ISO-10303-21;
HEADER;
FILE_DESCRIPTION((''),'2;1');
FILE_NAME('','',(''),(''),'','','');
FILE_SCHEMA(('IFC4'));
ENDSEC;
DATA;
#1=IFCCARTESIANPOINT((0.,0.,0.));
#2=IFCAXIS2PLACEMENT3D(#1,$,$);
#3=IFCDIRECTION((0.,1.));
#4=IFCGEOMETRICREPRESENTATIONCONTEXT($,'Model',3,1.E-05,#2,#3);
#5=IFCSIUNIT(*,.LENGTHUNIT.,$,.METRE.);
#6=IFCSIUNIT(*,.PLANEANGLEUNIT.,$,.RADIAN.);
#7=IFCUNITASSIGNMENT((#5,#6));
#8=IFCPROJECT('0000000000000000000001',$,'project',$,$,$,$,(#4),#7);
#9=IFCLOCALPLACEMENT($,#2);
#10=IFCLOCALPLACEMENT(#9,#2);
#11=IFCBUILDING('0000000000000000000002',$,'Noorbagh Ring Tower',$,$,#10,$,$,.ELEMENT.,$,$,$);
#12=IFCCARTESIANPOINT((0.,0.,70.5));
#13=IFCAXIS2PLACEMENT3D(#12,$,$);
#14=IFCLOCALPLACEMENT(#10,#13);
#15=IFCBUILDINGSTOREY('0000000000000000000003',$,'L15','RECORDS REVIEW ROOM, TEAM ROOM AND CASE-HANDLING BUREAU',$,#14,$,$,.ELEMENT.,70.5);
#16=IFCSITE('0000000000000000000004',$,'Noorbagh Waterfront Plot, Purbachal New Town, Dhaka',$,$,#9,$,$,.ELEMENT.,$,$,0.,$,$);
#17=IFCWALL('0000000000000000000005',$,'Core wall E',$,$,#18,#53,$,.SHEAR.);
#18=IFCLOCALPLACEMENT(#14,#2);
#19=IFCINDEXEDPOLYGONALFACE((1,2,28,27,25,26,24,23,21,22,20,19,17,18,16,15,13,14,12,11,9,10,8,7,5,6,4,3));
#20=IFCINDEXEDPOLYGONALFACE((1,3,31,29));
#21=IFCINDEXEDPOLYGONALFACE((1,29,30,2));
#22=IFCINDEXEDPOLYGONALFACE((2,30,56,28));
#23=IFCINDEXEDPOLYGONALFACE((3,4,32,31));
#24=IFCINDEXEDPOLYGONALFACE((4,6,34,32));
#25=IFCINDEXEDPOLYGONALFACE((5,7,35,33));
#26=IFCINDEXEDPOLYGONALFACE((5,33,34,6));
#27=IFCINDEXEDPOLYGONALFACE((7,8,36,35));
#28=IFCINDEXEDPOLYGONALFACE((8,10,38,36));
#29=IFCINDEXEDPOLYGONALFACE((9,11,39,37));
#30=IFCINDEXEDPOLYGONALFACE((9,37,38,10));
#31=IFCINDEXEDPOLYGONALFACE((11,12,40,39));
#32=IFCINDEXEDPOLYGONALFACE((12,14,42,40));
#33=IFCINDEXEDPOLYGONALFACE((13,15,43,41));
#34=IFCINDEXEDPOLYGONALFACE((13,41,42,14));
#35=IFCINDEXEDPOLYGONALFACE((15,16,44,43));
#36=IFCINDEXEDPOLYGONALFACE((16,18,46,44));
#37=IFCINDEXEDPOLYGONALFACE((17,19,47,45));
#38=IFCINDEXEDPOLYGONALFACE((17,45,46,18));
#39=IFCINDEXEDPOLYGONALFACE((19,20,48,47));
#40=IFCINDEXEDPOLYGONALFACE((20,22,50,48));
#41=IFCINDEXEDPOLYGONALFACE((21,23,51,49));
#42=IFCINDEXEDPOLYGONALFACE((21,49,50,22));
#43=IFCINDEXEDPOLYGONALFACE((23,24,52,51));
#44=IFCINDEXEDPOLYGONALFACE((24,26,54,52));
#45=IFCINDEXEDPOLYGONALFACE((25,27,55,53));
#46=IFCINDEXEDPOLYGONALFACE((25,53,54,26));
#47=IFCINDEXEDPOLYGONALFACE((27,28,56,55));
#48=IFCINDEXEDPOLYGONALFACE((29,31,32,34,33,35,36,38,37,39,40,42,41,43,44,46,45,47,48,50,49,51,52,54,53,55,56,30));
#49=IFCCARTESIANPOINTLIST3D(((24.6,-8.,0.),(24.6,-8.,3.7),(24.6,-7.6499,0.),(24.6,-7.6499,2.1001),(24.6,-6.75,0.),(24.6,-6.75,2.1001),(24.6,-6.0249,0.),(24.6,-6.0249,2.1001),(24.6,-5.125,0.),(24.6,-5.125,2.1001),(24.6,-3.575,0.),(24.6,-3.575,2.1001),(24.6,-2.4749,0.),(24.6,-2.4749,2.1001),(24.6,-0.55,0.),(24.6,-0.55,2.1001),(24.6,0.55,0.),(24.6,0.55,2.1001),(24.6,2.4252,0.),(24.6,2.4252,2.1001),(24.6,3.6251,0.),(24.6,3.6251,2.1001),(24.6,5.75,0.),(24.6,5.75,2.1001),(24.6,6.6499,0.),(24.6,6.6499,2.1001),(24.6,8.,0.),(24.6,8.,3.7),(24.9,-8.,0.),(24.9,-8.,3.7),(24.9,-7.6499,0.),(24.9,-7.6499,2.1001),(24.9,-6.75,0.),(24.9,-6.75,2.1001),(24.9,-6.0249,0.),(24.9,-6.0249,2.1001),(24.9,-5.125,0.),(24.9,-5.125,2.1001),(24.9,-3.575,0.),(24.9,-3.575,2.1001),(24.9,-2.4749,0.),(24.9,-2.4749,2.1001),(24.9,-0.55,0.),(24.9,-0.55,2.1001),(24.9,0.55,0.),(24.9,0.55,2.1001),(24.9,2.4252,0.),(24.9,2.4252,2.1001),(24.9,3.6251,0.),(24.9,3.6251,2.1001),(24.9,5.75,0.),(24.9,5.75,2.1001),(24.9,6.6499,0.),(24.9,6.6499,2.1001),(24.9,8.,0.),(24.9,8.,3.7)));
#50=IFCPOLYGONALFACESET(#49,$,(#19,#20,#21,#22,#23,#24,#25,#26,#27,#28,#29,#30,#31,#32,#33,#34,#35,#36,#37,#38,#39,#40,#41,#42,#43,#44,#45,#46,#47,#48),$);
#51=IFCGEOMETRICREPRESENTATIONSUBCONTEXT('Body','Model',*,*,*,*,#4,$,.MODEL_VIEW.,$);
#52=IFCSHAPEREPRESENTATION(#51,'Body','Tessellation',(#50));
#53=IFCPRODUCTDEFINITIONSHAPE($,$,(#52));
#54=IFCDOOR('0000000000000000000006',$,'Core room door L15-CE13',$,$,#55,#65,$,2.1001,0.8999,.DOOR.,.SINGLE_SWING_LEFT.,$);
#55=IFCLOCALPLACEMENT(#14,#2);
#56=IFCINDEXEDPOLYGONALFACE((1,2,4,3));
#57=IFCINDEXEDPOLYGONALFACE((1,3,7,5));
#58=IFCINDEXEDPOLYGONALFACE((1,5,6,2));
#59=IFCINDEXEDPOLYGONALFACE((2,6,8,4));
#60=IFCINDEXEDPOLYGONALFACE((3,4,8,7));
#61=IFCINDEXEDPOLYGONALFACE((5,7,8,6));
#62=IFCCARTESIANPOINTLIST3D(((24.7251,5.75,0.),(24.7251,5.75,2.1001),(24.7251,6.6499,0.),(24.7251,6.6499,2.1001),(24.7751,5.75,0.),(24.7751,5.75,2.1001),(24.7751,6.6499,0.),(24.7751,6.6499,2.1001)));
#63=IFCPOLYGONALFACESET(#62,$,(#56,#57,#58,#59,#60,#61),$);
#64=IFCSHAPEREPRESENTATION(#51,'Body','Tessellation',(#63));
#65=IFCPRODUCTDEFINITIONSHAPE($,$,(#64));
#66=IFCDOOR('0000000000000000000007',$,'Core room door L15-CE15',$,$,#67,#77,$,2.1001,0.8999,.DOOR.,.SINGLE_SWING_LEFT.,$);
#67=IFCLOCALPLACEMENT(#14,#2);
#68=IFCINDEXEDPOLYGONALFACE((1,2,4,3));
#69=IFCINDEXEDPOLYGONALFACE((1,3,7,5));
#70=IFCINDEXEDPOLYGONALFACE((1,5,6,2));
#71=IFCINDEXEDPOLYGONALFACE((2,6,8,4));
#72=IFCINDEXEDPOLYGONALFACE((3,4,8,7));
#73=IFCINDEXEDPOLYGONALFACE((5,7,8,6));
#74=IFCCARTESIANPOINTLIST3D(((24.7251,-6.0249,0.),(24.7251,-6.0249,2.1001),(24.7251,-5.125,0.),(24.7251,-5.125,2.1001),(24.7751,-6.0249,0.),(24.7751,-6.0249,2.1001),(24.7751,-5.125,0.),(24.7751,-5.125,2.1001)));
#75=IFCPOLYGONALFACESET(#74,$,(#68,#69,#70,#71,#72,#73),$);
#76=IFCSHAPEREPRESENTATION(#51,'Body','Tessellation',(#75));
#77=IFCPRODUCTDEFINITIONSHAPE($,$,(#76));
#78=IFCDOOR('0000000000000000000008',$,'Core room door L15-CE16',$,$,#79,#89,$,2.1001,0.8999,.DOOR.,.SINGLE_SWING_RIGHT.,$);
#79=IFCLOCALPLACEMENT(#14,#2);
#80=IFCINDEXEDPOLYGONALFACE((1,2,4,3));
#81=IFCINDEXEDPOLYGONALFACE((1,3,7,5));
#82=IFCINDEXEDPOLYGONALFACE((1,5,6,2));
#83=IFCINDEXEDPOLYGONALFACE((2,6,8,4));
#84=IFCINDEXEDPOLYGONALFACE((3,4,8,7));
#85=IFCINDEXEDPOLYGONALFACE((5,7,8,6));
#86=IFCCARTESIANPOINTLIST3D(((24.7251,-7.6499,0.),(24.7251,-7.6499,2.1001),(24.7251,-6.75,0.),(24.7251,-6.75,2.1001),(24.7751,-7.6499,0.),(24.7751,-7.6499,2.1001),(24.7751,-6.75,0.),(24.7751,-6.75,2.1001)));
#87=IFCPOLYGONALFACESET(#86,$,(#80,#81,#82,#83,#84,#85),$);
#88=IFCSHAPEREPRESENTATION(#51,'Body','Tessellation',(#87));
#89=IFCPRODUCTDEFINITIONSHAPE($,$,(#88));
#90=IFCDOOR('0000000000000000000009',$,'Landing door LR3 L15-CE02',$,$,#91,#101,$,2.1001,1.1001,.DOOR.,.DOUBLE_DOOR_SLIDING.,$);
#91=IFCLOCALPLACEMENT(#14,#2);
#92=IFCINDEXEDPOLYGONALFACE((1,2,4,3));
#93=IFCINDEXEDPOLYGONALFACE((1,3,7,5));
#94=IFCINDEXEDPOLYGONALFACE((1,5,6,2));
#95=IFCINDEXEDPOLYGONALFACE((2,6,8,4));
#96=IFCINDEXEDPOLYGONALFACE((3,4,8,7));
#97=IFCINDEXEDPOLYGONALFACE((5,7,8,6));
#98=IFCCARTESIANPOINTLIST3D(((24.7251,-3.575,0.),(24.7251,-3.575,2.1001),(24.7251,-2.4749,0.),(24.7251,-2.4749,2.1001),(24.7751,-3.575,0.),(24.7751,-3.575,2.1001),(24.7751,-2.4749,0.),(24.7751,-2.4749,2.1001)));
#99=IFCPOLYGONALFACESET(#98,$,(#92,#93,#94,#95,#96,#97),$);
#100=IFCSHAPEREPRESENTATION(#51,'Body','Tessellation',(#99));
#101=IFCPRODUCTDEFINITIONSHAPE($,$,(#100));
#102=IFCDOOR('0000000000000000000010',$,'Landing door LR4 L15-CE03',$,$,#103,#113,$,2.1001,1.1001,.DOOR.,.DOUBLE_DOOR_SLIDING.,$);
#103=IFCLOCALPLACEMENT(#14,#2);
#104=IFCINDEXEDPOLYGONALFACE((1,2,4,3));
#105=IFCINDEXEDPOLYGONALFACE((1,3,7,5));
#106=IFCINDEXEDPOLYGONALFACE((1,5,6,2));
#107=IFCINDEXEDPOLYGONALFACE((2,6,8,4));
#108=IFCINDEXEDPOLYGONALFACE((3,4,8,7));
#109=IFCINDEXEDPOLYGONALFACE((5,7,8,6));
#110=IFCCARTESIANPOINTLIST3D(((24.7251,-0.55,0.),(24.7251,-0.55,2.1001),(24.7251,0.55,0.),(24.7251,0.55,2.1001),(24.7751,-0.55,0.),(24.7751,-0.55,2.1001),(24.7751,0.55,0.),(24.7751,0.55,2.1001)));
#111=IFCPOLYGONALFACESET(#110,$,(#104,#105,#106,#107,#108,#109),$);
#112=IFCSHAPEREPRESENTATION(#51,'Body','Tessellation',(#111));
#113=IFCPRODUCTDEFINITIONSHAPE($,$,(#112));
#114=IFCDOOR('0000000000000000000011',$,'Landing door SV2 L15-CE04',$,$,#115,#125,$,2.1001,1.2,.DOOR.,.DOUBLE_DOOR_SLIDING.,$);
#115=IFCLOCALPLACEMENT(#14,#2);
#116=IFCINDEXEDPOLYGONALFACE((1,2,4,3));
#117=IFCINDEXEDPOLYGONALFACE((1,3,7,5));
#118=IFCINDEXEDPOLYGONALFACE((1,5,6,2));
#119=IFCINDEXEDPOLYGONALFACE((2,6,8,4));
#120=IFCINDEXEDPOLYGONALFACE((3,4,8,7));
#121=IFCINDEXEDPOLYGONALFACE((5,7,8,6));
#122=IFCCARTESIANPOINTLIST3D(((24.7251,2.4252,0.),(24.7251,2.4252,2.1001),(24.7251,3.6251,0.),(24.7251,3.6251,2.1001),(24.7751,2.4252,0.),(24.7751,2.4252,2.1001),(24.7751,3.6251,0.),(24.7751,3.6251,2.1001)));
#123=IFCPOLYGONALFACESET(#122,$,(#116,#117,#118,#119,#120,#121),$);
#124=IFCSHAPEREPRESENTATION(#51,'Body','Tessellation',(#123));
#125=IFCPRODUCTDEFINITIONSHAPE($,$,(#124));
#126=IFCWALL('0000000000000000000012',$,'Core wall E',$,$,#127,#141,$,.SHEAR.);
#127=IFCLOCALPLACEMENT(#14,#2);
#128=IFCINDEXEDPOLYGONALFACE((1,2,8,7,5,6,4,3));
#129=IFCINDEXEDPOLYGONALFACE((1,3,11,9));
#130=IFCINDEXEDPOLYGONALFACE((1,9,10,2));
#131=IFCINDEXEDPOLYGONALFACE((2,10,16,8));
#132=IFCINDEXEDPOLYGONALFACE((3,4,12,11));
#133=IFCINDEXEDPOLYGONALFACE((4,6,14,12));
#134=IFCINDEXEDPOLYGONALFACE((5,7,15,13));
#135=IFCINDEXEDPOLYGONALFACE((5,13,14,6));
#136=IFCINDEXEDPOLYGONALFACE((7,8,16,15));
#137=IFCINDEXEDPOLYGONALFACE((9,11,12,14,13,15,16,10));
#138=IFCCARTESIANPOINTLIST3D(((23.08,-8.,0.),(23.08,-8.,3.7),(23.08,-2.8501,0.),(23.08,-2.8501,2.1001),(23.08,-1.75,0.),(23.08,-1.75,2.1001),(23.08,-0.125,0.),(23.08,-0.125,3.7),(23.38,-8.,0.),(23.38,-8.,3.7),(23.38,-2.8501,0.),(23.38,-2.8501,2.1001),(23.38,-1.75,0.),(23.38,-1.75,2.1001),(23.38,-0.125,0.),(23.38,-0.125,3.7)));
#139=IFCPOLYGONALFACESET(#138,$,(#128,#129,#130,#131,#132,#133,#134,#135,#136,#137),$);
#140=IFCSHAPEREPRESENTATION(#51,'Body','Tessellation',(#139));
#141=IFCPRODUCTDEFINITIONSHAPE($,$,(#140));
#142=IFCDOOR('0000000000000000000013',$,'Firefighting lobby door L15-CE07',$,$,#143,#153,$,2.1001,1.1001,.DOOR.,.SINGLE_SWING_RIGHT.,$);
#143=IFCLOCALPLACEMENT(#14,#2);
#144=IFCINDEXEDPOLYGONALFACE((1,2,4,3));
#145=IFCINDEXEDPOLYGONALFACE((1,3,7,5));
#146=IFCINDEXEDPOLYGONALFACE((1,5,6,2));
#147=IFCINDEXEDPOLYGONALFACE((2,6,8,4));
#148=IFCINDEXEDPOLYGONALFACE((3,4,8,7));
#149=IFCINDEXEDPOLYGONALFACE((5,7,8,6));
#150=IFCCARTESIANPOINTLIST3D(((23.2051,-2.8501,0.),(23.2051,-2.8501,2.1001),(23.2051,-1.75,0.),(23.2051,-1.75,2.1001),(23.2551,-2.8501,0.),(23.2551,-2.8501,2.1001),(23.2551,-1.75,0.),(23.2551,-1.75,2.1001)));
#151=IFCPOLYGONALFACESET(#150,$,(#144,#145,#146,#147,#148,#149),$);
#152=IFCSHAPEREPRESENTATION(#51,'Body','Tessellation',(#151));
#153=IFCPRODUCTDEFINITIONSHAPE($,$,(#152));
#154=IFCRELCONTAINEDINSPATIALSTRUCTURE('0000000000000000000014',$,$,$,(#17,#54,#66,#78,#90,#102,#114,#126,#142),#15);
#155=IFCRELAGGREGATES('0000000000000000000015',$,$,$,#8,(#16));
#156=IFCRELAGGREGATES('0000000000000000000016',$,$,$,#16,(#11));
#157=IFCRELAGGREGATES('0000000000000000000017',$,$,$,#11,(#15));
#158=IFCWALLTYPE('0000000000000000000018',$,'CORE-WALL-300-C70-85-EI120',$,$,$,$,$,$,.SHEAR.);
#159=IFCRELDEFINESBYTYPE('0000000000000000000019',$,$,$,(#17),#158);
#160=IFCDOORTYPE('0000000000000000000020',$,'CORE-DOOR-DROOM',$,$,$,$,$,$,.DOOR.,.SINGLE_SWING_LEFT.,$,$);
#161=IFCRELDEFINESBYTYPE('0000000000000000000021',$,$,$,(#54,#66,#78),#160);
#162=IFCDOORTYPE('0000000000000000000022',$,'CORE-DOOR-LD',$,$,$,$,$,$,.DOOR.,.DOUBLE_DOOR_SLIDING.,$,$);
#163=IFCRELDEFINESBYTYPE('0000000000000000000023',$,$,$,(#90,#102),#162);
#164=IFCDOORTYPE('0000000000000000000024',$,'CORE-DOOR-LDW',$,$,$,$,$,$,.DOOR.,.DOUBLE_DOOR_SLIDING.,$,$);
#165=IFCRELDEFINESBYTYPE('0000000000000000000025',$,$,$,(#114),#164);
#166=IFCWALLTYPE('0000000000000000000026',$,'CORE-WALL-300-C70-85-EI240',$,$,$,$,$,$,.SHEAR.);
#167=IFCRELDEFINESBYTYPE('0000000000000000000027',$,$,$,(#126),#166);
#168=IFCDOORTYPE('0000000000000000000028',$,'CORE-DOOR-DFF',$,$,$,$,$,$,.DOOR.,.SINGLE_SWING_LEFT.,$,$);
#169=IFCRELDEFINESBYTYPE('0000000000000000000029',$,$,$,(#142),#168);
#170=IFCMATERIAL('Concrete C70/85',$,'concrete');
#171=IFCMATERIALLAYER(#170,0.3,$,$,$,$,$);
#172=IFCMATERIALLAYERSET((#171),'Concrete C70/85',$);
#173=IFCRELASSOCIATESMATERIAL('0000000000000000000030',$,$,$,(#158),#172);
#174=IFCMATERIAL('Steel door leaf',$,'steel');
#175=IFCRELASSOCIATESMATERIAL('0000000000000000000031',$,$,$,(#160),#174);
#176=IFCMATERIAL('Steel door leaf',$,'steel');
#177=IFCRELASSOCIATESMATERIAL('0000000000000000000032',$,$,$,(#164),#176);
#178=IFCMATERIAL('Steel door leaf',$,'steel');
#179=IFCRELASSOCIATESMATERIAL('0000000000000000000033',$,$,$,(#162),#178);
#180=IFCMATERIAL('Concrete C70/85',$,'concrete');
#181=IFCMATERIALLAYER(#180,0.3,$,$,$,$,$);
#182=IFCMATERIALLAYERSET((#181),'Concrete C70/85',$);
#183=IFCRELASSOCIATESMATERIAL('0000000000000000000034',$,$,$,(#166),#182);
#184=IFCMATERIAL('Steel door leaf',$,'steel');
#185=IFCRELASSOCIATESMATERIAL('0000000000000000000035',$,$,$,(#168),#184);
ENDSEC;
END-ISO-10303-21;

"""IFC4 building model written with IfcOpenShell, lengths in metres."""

from ifc_helpers import new_model, si_unit, direction, frame, frame_2d, origin, place, context, subcontext, project, spatial, rectangle, extrude, material, layer, layer_set, type_object, element, fill, save


model = new_model("IFC4")

# Units and contexts
model_context = context("Model", 3, precision=1e-05, world=origin(), true_north=direction((0.0, 1.0)))
body_context = subcontext(model_context, "Body", "Model", "MODEL_VIEW")
ifc_project = project(units=[si_unit("LENGTHUNIT", "METRE"), si_unit("PLANEANGLEUNIT", "RADIAN")], contexts=[model_context])

# Site, building, storey
site_placement = place(None, origin())
site = spatial("IfcSite", under=ifc_project, at=site_placement, Name="Noorbagh Waterfront Plot, Purbachal New Town, Dhaka", CompositionType="ELEMENT", RefElevation=0.0)
building_placement = place(site_placement, origin())
building = spatial("IfcBuilding", under=site, at=building_placement, Name="Noorbagh Ring Tower", CompositionType="ELEMENT")
storey_placement = place(building_placement, frame((0.0, 0.0, 70.5)))
storey = spatial("IfcBuildingStorey", under=building, at=storey_placement, Name="L15", Description="RECORDS REVIEW ROOM, TEAM ROOM AND CASE-HANDLING BUREAU", CompositionType="ELEMENT", Elevation=70.5)

# Wall, openings, doors
ifc_material_1 = material(Name="Concrete C70/85", Category="concrete")
ifc_layer_1 = layer(ifc_material_1, 0.3)
ifc_layer_set_1 = layer_set([ifc_layer_1], Name="Concrete C70/85")
wall_type_1 = type_object("IfcWallType", Name="CORE-WALL-300-C70-85-EI120", PredefinedType="SHEAR", material=ifc_layer_set_1)
ifc_material_2 = material(Name="Steel door leaf", Category="steel")
door_type_1 = type_object("IfcDoorType", Name="CORE-DOOR-DROOM", OperationType="SINGLE_SWING_LEFT", PredefinedType="DOOR", material=ifc_material_2)
ifc_material_3 = material(Name="Steel door leaf", Category="steel")
door_type_2 = type_object("IfcDoorType", Name="CORE-DOOR-LDW", OperationType="DOUBLE_DOOR_SLIDING", PredefinedType="DOOR", material=ifc_material_3)
wall_1_placement = place(storey_placement, frame((24.75, -8.0, 0.0), z_axis=(0.0, 0.0, 1.0), x_axis=(0.0, 1.0, 0.0)))
wall_1 = element("IfcWall", 1, at=wall_1_placement, inside=storey, type_object=wall_type_1, Name="Core wall E", PredefinedType="SHEAR", context=body_context, shape_type="SweptSolid", body=[
    extrude(rectangle(XDim=16.0, YDim=0.3, at=frame_2d((8.0, 0.0))), origin(), (0.0, 0.0, 1.0), 3.7),
])
opening_1_placement = place(wall_1_placement, frame((4.425, 0.0, 0.0)))
opening_1 = element("IfcOpeningElement", 2, at=opening_1_placement, cuts=wall_1, PredefinedType="OPENING", context=body_context, shape_type="SweptSolid", body=[
    extrude(rectangle(XDim=1.1001, YDim=2.1001, at=frame_2d((0.55, 1.05))), frame((0.0, 0.1602, 0.0), z_axis=(0.0, -1.0, 0.0), x_axis=(1.0, 0.0, 0.0)), (0.0, 0.0, 1.0), 0.3201),
])
opening_2_placement = place(wall_1_placement, frame((7.45, 0.0, 0.0)))
opening_2 = element("IfcOpeningElement", 3, at=opening_2_placement, cuts=wall_1, PredefinedType="OPENING", context=body_context, shape_type="SweptSolid", body=[
    extrude(rectangle(XDim=1.1001, YDim=2.1001, at=frame_2d((0.55, 1.05))), frame((0.0, 0.1602, 0.0), z_axis=(0.0, -1.0, 0.0), x_axis=(1.0, 0.0, 0.0)), (0.0, 0.0, 1.0), 0.3201),
])
opening_3_placement = place(wall_1_placement, frame((10.425, 0.0, 0.0)))
opening_3 = element("IfcOpeningElement", 4, at=opening_3_placement, cuts=wall_1, PredefinedType="OPENING", context=body_context, shape_type="SweptSolid", body=[
    extrude(rectangle(XDim=1.2, YDim=2.1001, at=frame_2d((0.6001, 1.05))), frame((0.0, 0.1602, 0.0), z_axis=(0.0, -1.0, 0.0), x_axis=(1.0, 0.0, 0.0)), (0.0, 0.0, 1.0), 0.3201),
])
opening_4_placement = place(wall_1_placement, frame((13.75, 0.0, 0.0)))
opening_4 = element("IfcOpeningElement", 5, at=opening_4_placement, cuts=wall_1, PredefinedType="OPENING", context=body_context, shape_type="SweptSolid", body=[
    extrude(rectangle(XDim=0.8999, YDim=2.1001, at=frame_2d((0.45, 1.05))), frame((0.0, 0.1602, 0.0), z_axis=(0.0, -1.0, 0.0), x_axis=(1.0, 0.0, 0.0)), (0.0, 0.0, 1.0), 0.3201),
])
opening_5_placement = place(wall_1_placement, frame((1.9751, 0.0, 0.0)))
opening_5 = element("IfcOpeningElement", 6, at=opening_5_placement, cuts=wall_1, PredefinedType="OPENING", context=body_context, shape_type="SweptSolid", body=[
    extrude(rectangle(XDim=0.8999, YDim=2.1001, at=frame_2d((0.45, 1.05))), frame((0.0, 0.1602, 0.0), z_axis=(0.0, -1.0, 0.0), x_axis=(1.0, 0.0, 0.0)), (0.0, 0.0, 1.0), 0.3201),
])
opening_6_placement = place(wall_1_placement, frame((0.3501, 0.0, 0.0)))
opening_6 = element("IfcOpeningElement", 7, at=opening_6_placement, cuts=wall_1, PredefinedType="OPENING", context=body_context, shape_type="SweptSolid", body=[
    extrude(rectangle(XDim=0.8999, YDim=2.1001, at=frame_2d((0.45, 1.05))), frame((0.0, 0.1602, 0.0), z_axis=(0.0, -1.0, 0.0), x_axis=(1.0, 0.0, 0.0)), (0.0, 0.0, 1.0), 0.3201),
])
door_1_placement = place(opening_4_placement, origin())
door_1 = element("IfcDoor", 8, at=door_1_placement, inside=storey, type_object=door_type_1, Name="Core room door L15-CE13", OperationType="SINGLE_SWING_LEFT", OverallHeight=2.1001, OverallWidth=0.8999, PredefinedType="DOOR", context=body_context, shape_type="SweptSolid", body=[
    extrude(rectangle(XDim=0.8999, YDim=2.1001, at=frame_2d((0.45, 1.05))), frame((0.0, 0.0249, 0.0), z_axis=(0.0, -1.0, 0.0), x_axis=(1.0, 0.0, 0.0)), (0.0, 0.0, 1.0), 0.05),
])
fill(opening_4, door_1)
door_2_placement = place(opening_5_placement, origin())
door_2 = element("IfcDoor", 9, at=door_2_placement, inside=storey, type_object=door_type_1, Name="Core room door L15-CE15", OperationType="SINGLE_SWING_LEFT", OverallHeight=2.1001, OverallWidth=0.8999, PredefinedType="DOOR", context=body_context, shape_type="SweptSolid", body=[
    extrude(rectangle(XDim=0.8999, YDim=2.1001, at=frame_2d((0.45, 1.05))), frame((0.0, 0.0249, 0.0), z_axis=(0.0, -1.0, 0.0), x_axis=(1.0, 0.0, 0.0)), (0.0, 0.0, 1.0), 0.05),
])
fill(opening_5, door_2)
door_3_placement = place(opening_6_placement, origin())
door_3 = element("IfcDoor", 10, at=door_3_placement, inside=storey, type_object=door_type_1, Name="Core room door L15-CE16", OperationType="SINGLE_SWING_RIGHT", OverallHeight=2.1001, OverallWidth=0.8999, PredefinedType="DOOR", context=body_context, shape_type="SweptSolid", body=[
    extrude(rectangle(XDim=0.8999, YDim=2.1001, at=frame_2d((0.45, 1.05))), frame((0.0, 0.0249, 0.0), z_axis=(0.0, -1.0, 0.0), x_axis=(1.0, 0.0, 0.0)), (0.0, 0.0, 1.0), 0.05),
])
fill(opening_6, door_3)
ifc_material_4 = material(Name="Steel door leaf", Category="steel")
door_type_3 = type_object("IfcDoorType", Name="CORE-DOOR-LD", OperationType="DOUBLE_DOOR_SLIDING", PredefinedType="DOOR", material=ifc_material_4)
door_4_placement = place(opening_1_placement, origin())
door_4 = element("IfcDoor", 11, at=door_4_placement, inside=storey, type_object=door_type_3, Name="Landing door LR3 L15-CE02", OperationType="DOUBLE_DOOR_SLIDING", OverallHeight=2.1001, OverallWidth=1.1001, PredefinedType="DOOR", context=body_context, shape_type="SweptSolid", body=[
    extrude(rectangle(XDim=1.1001, YDim=2.1001, at=frame_2d((0.55, 1.05))), frame((0.0, 0.0249, 0.0), z_axis=(0.0, -1.0, 0.0), x_axis=(1.0, 0.0, 0.0)), (0.0, 0.0, 1.0), 0.05),
])
fill(opening_1, door_4)
door_5_placement = place(opening_2_placement, origin())
door_5 = element("IfcDoor", 12, at=door_5_placement, inside=storey, type_object=door_type_3, Name="Landing door LR4 L15-CE03", OperationType="DOUBLE_DOOR_SLIDING", OverallHeight=2.1001, OverallWidth=1.1001, PredefinedType="DOOR", context=body_context, shape_type="SweptSolid", body=[
    extrude(rectangle(XDim=1.1001, YDim=2.1001, at=frame_2d((0.55, 1.05))), frame((0.0, 0.0249, 0.0), z_axis=(0.0, -1.0, 0.0), x_axis=(1.0, 0.0, 0.0)), (0.0, 0.0, 1.0), 0.05),
])
fill(opening_2, door_5)
door_6_placement = place(opening_3_placement, origin())
door_6 = element("IfcDoor", 13, at=door_6_placement, inside=storey, type_object=door_type_2, Name="Landing door SV2 L15-CE04", OperationType="DOUBLE_DOOR_SLIDING", OverallHeight=2.1001, OverallWidth=1.2, PredefinedType="DOOR", context=body_context, shape_type="SweptSolid", body=[
    extrude(rectangle(XDim=1.2, YDim=2.1001, at=frame_2d((0.6001, 1.05))), frame((0.0, 0.0249, 0.0), z_axis=(0.0, -1.0, 0.0), x_axis=(1.0, 0.0, 0.0)), (0.0, 0.0, 1.0), 0.05),
])
fill(opening_3, door_6)

# Wall, opening, door
ifc_material_5 = material(Name="Concrete C70/85", Category="concrete")
ifc_layer_2 = layer(ifc_material_5, 0.3)
ifc_layer_set_2 = layer_set([ifc_layer_2], Name="Concrete C70/85")
wall_type_2 = type_object("IfcWallType", Name="CORE-WALL-300-C70-85-EI240", PredefinedType="SHEAR", material=ifc_layer_set_2)
wall_2_placement = place(storey_placement, frame((23.23, -8.0, 0.0), z_axis=(0.0, 0.0, 1.0), x_axis=(0.0, 1.0, 0.0)))
wall_2 = element("IfcWall", 14, at=wall_2_placement, inside=storey, type_object=wall_type_2, Name="Core wall E", PredefinedType="SHEAR", context=body_context, shape_type="SweptSolid", body=[
    extrude(rectangle(XDim=7.875, YDim=0.3, at=frame_2d((3.9375, 0.0))), origin(), (0.0, 0.0, 1.0), 3.7),
])
opening_7_placement = place(wall_2_placement, frame((5.1499, 0.0, 0.0)))
opening_7 = element("IfcOpeningElement", 15, at=opening_7_placement, cuts=wall_2, PredefinedType="OPENING", context=body_context, shape_type="SweptSolid", body=[
    extrude(rectangle(XDim=1.1001, YDim=2.1001, at=frame_2d((0.55, 1.05))), frame((0.0, 0.1602, 0.0), z_axis=(0.0, -1.0, 0.0), x_axis=(1.0, 0.0, 0.0)), (0.0, 0.0, 1.0), 0.3201),
])
ifc_material_6 = material(Name="Steel door leaf", Category="steel")
door_type_4 = type_object("IfcDoorType", Name="CORE-DOOR-DFF", OperationType="SINGLE_SWING_LEFT", PredefinedType="DOOR", material=ifc_material_6)
door_7_placement = place(opening_7_placement, origin())
door_7 = element("IfcDoor", 16, at=door_7_placement, inside=storey, type_object=door_type_4, Name="Firefighting lobby door L15-CE07", OperationType="SINGLE_SWING_RIGHT", OverallHeight=2.1001, OverallWidth=1.1001, PredefinedType="DOOR", context=body_context, shape_type="SweptSolid", body=[
    extrude(rectangle(XDim=1.1001, YDim=2.1001, at=frame_2d((0.55, 1.05))), frame((0.0, 0.0249, 0.0), z_axis=(0.0, -1.0, 0.0), x_axis=(1.0, 0.0, 0.0)), (0.0, 0.0, 1.0), 0.05),
])
fill(opening_7, door_7)

save(model, "model.ifc")
